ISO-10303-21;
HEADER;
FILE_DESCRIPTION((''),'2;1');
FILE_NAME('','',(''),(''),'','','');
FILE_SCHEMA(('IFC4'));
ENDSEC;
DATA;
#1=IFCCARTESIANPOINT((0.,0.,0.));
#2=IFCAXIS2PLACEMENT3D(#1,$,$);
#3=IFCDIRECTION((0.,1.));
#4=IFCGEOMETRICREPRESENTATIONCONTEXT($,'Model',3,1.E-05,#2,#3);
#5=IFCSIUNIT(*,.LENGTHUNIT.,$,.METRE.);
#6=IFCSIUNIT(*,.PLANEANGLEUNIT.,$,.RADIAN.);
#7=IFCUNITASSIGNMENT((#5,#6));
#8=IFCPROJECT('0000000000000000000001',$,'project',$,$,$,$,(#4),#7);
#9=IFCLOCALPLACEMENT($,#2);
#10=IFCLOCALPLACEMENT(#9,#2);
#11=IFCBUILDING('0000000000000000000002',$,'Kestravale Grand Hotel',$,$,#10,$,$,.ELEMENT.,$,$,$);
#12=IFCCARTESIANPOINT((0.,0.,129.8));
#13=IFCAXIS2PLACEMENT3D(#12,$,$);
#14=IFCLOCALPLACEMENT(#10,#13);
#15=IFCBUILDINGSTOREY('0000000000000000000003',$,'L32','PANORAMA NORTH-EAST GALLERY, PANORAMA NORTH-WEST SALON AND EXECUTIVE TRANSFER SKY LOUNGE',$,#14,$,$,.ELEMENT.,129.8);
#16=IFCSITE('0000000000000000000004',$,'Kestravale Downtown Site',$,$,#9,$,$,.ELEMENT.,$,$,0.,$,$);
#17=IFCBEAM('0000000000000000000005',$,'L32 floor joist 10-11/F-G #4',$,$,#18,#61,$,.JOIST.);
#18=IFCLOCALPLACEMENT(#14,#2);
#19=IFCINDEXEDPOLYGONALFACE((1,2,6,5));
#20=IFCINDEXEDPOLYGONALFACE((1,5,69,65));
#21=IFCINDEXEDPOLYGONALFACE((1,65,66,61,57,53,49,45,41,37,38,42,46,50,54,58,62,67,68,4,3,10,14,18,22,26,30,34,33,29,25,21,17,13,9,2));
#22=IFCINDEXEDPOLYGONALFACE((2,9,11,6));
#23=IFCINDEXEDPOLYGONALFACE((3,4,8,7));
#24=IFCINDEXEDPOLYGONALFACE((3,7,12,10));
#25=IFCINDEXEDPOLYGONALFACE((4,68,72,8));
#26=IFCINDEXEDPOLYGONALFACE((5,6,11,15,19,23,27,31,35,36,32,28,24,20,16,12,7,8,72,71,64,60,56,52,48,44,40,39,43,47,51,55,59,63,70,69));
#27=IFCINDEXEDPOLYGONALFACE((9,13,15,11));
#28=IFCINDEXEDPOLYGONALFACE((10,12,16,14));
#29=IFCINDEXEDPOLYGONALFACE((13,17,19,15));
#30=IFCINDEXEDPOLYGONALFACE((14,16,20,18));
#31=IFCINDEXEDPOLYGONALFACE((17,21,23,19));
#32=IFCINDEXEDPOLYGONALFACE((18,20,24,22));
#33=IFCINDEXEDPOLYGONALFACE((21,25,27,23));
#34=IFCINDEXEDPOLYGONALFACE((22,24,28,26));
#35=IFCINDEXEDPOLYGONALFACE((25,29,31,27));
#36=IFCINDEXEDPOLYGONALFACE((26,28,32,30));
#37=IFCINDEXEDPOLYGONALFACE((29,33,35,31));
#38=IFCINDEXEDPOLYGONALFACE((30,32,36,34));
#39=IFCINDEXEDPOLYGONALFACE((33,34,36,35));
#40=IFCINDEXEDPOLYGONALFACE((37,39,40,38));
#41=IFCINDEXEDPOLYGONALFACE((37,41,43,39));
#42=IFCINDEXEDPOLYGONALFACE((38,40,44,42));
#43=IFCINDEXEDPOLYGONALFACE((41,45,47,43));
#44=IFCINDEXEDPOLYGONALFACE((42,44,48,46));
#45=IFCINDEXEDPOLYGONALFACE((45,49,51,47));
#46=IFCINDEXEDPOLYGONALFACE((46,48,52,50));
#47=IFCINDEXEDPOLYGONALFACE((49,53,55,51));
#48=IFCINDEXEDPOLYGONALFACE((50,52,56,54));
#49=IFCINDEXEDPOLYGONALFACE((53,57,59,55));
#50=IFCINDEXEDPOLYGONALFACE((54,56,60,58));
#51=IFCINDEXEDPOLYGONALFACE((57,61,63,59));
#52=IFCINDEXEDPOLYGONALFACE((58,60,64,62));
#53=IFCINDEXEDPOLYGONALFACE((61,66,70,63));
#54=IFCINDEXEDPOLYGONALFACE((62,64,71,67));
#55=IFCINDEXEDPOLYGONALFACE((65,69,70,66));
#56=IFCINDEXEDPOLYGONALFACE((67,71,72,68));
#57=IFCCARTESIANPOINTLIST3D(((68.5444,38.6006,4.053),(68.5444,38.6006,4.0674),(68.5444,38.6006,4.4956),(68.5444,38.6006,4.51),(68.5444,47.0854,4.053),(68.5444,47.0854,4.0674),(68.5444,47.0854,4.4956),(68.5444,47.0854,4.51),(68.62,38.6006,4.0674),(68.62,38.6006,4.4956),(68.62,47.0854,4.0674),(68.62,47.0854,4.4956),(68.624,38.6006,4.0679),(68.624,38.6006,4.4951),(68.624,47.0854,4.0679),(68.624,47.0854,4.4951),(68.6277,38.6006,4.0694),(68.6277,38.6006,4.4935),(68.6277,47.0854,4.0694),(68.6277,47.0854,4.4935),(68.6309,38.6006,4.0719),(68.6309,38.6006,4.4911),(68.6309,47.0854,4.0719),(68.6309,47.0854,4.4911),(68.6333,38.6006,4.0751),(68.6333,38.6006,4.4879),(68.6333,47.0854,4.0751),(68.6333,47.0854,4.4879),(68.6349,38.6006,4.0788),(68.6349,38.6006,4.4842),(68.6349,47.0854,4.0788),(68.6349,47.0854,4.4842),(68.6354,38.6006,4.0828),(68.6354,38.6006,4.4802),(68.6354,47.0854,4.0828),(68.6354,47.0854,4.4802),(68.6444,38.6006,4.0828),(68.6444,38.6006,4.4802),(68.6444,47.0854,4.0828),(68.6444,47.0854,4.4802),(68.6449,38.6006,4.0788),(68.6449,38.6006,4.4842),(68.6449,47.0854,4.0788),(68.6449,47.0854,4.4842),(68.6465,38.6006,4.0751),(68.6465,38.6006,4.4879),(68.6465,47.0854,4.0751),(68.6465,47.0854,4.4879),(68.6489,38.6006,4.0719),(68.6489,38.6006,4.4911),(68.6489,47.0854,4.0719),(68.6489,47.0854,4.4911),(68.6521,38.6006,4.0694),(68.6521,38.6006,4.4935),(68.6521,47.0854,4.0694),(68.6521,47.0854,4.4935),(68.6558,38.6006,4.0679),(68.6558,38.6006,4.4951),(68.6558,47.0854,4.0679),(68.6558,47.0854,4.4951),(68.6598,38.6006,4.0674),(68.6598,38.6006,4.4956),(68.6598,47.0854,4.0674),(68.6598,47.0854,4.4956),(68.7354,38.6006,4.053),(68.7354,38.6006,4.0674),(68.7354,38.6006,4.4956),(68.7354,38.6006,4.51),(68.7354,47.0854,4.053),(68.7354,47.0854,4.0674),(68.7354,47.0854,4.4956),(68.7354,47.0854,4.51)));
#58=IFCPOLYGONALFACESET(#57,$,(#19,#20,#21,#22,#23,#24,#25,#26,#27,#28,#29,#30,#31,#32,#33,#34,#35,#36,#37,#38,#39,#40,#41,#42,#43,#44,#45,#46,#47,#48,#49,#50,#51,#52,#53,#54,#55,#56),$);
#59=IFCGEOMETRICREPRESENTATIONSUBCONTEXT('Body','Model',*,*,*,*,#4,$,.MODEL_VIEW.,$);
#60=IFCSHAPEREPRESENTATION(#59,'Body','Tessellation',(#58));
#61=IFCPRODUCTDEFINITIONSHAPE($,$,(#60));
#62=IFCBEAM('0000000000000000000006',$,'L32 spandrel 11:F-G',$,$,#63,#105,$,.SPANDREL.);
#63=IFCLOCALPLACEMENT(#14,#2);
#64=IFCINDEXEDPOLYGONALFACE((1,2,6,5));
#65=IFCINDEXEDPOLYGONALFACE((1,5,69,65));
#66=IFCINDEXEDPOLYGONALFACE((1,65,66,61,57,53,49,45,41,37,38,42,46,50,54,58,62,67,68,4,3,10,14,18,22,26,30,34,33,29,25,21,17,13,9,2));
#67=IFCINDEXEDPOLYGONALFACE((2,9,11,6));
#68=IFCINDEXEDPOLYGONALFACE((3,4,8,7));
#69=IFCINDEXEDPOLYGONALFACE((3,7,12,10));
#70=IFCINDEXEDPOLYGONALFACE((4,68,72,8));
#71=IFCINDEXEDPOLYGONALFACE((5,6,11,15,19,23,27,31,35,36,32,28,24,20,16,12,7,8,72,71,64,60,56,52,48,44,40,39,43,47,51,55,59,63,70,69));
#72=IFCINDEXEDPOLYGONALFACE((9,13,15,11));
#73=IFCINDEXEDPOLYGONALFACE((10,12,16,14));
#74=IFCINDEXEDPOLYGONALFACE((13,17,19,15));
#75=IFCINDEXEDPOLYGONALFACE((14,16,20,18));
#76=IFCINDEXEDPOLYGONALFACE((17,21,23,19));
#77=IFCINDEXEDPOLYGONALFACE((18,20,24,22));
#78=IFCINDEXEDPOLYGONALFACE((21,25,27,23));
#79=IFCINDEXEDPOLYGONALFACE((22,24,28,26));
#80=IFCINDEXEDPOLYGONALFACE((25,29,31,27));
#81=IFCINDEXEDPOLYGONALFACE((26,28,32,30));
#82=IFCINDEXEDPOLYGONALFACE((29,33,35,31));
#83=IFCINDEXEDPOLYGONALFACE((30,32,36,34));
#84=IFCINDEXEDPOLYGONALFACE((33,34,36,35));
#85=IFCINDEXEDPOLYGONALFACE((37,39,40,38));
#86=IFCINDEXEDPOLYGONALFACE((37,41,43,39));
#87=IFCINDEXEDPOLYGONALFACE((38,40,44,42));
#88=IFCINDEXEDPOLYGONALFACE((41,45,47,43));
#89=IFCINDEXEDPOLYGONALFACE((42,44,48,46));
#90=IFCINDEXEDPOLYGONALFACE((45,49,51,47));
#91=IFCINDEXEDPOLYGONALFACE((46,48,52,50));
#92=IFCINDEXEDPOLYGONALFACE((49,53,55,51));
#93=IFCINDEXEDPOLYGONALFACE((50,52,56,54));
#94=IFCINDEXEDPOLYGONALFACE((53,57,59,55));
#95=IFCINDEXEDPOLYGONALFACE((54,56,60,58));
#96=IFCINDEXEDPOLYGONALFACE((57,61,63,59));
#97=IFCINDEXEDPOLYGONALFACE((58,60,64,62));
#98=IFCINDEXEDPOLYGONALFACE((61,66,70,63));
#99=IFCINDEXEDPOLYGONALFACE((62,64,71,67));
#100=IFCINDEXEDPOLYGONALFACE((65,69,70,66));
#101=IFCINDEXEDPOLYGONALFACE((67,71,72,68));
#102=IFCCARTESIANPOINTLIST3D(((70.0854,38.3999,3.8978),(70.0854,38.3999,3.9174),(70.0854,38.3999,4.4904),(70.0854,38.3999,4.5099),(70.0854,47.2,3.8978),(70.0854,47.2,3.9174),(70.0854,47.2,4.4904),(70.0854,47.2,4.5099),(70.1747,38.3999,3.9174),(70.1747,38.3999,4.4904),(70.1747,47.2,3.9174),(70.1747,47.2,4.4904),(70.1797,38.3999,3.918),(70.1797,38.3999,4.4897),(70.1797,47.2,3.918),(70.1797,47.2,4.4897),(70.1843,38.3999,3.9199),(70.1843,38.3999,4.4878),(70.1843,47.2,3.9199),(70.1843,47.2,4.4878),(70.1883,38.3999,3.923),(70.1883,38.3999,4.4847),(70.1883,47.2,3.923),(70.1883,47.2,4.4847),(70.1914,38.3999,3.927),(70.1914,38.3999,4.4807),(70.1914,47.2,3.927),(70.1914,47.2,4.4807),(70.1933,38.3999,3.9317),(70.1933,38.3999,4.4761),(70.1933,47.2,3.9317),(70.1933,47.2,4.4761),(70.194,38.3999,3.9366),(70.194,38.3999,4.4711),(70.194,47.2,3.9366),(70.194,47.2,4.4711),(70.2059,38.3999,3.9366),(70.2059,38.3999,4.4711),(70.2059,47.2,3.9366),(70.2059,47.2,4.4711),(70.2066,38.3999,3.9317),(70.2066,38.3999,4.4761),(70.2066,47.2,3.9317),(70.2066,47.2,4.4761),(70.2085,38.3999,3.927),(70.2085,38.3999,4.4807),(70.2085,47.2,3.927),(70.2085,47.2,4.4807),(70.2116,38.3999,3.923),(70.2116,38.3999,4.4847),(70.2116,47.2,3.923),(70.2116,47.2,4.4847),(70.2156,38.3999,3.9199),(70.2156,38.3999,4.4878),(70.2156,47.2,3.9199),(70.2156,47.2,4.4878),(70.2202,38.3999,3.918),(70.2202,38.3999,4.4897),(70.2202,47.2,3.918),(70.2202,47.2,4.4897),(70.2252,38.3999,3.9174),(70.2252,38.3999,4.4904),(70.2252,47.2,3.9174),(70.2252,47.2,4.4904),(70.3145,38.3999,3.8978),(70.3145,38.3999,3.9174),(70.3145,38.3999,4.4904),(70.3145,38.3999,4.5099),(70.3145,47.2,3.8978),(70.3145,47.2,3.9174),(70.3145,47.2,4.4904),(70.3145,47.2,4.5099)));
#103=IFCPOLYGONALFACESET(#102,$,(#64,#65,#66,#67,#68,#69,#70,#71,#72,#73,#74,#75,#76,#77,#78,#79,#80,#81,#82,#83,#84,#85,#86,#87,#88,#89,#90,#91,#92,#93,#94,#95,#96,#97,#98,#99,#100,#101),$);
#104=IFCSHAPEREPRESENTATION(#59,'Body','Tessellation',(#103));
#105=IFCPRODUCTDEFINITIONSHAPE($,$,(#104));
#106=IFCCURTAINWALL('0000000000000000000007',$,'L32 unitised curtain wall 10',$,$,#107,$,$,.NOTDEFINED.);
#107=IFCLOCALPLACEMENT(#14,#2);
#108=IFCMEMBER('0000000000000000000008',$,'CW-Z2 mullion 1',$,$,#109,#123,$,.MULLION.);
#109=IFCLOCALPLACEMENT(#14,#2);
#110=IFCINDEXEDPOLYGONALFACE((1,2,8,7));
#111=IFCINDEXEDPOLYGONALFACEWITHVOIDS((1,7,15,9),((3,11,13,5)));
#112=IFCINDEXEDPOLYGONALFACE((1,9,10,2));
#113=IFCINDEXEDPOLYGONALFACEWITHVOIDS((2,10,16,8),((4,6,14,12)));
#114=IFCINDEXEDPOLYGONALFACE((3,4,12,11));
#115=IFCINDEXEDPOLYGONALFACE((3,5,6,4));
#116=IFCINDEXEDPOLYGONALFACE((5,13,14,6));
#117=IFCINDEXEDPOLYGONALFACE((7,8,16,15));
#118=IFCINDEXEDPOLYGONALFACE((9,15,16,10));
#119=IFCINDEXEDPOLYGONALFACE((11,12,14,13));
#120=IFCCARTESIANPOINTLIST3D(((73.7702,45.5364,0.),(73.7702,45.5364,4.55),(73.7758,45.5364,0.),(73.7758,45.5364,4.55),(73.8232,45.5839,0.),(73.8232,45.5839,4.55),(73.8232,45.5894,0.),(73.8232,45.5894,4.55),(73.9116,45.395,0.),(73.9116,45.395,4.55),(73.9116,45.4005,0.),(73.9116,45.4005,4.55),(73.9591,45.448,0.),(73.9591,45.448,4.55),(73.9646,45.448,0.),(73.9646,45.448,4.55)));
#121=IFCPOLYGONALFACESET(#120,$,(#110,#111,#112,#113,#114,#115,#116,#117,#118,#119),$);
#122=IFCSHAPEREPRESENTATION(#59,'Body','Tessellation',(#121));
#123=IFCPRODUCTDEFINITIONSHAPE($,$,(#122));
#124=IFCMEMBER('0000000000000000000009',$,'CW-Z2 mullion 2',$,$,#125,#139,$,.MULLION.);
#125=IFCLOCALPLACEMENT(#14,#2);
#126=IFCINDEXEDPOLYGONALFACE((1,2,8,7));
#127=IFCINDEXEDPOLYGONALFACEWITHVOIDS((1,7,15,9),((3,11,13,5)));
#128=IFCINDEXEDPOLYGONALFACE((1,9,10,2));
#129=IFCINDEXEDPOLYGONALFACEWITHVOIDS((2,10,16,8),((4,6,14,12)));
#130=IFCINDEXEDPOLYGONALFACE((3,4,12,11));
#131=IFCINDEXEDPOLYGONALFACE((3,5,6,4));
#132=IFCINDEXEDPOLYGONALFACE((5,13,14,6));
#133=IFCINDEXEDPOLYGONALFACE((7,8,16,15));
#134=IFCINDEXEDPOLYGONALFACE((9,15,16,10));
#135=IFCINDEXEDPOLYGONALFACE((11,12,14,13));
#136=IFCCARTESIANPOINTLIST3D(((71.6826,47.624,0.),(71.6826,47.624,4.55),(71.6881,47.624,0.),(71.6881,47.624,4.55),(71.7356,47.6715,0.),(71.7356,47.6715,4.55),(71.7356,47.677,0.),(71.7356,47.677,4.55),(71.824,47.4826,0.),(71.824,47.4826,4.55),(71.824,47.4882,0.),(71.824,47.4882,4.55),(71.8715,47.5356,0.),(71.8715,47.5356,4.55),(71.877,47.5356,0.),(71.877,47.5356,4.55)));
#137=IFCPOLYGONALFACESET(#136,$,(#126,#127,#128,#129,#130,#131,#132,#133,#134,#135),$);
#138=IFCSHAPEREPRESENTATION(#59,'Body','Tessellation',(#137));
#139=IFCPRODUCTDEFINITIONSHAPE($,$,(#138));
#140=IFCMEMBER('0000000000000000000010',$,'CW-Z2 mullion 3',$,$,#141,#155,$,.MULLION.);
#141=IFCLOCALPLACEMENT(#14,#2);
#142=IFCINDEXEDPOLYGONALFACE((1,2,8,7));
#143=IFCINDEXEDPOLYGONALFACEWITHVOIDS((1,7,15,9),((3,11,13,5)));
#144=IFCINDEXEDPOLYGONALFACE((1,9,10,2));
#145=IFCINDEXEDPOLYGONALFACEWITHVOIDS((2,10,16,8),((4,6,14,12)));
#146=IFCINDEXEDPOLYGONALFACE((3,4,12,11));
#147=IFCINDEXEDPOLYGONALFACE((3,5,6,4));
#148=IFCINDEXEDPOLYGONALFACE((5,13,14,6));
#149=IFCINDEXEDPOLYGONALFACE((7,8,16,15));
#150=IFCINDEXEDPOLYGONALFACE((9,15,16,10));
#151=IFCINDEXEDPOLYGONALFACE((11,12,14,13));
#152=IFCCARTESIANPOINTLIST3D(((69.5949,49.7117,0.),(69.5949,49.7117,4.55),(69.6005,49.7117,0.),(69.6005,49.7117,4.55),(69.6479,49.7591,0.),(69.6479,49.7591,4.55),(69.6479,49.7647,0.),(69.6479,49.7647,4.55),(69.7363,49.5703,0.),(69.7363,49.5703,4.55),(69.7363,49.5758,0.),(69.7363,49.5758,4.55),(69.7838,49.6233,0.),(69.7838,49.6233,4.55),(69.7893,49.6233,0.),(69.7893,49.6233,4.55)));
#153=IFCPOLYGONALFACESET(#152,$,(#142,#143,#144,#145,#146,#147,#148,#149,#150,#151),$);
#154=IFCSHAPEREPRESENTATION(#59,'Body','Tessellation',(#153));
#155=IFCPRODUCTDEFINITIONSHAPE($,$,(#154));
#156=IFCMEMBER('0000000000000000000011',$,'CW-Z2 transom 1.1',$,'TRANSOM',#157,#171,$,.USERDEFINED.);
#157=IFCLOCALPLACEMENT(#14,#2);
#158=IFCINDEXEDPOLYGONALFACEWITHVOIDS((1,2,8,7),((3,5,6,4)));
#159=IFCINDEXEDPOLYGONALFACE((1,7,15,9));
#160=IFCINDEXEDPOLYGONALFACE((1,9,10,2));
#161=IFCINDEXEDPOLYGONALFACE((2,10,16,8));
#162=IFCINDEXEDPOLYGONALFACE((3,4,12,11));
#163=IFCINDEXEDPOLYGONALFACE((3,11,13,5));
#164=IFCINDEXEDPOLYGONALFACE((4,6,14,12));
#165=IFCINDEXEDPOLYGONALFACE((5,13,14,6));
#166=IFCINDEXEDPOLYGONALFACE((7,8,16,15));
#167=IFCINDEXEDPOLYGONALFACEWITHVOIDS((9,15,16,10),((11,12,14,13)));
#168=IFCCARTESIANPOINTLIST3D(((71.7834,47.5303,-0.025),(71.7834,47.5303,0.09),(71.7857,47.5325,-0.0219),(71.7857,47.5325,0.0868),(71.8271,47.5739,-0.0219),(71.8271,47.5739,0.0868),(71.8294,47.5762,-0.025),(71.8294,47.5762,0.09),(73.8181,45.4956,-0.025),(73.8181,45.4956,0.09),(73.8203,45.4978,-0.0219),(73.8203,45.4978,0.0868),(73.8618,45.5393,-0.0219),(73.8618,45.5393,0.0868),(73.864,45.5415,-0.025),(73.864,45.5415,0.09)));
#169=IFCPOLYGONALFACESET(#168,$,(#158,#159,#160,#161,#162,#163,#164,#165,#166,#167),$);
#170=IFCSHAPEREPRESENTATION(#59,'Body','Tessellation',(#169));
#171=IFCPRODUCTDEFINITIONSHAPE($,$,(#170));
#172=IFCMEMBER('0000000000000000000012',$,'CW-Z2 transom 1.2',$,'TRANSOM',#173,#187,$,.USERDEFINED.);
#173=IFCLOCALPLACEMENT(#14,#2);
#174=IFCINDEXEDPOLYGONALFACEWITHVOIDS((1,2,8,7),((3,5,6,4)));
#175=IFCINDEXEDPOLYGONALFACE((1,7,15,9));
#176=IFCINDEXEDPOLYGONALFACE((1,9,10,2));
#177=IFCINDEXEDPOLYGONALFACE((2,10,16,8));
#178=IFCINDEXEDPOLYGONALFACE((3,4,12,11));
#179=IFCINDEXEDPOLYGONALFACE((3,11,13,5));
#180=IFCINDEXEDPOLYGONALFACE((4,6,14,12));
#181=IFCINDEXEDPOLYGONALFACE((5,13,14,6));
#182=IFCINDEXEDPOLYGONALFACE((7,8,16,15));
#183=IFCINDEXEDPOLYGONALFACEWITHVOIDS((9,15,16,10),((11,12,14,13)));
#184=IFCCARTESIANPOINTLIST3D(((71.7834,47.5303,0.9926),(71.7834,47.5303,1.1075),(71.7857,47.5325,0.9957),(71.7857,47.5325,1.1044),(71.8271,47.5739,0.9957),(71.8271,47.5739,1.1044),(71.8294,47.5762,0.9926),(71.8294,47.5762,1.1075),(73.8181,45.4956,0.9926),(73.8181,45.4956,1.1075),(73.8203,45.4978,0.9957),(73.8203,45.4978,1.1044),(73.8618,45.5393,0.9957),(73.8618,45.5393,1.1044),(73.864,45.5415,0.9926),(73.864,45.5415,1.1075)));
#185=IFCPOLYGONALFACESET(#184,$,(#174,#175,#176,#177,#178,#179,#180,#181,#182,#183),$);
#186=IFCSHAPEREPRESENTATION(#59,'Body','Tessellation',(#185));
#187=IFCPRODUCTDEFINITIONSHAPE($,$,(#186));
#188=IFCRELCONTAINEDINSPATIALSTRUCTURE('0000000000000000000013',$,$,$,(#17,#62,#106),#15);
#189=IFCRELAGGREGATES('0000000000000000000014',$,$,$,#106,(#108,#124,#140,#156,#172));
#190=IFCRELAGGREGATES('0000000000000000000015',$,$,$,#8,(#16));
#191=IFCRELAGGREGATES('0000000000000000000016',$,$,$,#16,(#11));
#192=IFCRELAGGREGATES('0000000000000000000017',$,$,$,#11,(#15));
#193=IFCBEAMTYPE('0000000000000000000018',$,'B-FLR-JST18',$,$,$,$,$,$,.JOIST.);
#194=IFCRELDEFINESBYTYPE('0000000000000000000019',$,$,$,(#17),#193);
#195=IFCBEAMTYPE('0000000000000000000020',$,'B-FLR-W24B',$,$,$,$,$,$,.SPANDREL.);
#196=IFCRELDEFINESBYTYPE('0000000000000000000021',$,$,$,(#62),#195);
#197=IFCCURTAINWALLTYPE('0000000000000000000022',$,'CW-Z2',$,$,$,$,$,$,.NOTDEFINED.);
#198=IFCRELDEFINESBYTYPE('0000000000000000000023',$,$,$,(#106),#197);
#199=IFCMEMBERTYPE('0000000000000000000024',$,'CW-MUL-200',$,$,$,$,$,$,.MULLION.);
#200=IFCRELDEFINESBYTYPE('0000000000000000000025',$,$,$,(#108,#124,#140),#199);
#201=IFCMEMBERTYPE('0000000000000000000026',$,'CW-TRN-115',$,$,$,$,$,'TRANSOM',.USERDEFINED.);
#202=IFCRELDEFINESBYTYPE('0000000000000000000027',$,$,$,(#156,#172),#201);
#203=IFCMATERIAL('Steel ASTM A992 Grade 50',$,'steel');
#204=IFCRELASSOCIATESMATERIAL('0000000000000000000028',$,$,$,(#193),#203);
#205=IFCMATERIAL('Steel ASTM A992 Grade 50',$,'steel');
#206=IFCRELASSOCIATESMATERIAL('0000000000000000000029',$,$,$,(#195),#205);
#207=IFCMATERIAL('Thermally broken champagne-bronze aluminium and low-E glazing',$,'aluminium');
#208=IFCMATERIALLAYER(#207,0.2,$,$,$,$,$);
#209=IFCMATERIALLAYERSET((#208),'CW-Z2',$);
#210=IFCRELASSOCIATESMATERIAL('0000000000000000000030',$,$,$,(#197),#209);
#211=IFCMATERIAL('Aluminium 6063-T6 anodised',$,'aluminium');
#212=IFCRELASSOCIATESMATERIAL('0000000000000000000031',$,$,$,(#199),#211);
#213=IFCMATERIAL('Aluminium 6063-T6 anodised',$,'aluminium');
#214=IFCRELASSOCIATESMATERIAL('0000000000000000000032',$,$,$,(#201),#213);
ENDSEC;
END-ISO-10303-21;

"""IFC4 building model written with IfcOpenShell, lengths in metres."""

from ifc_helpers import new_model, si_unit, direction, frame, origin, origin_2d, place, context, subcontext, project, spatial, hollow_rectangle, i_section, extrude, material, layer, layer_set, material_profile, profile_set, type_object, element, aggregate, save


model = new_model("IFC4")

# Units and contexts
model_context = context("Model", 3, precision=1e-05, world=origin(), true_north=direction((0.0, 1.0)))
body_context = subcontext(model_context, "Body", "Model", "MODEL_VIEW")
ifc_project = project(units=[si_unit("LENGTHUNIT", "METRE"), si_unit("PLANEANGLEUNIT", "RADIAN")], contexts=[model_context])

# Site, building, storey
site_placement = place(None, origin())
site = spatial("IfcSite", under=ifc_project, at=site_placement, Name="Kestravale Downtown Site", CompositionType="ELEMENT", RefElevation=0.0)
building_placement = place(site_placement, origin())
building = spatial("IfcBuilding", under=site, at=building_placement, Name="Kestravale Grand Hotel", CompositionType="ELEMENT")
storey_placement = place(building_placement, frame((0.0, 0.0, 129.8)))
storey = spatial("IfcBuildingStorey", under=building, at=storey_placement, Name="L32", Description="PANORAMA NORTH-EAST GALLERY, PANORAMA NORTH-WEST SALON AND EXECUTIVE TRANSFER SKY LOUNGE", CompositionType="ELEMENT", Elevation=129.8)

# Beams
ifc_material_1 = material(Name="Steel ASTM A992 Grade 50", Category="steel")
ifc_material_profile_1 = material_profile(ifc_material_1, i_section(OverallWidth=0.1909, OverallDepth=0.457, WebThickness=0.009, FlangeThickness=0.0144, FilletRadius=0.0154, at=origin_2d()))
ifc_profile_set_1 = profile_set([ifc_material_profile_1], Name="Steel ASTM A992 Grade 50")
beam_type_1 = type_object("IfcBeamType", Name="B-FLR-JST18", PredefinedType="JOIST", material=ifc_profile_set_1)
for number, where, z_axis, x_axis, name in (
    (1, (68.6399, 38.6006, 4.2815), (0.0, 1.0, 0.0), (-1.0, 0.0, 0.0), "L32 floor joist 10-11/F-G #4"),
):
    element("IfcBeam", number, at=place(storey_placement, frame(where, z_axis=z_axis, x_axis=x_axis)), inside=storey, type_object=beam_type_1, Name=name, PredefinedType="JOIST", context=body_context, shape_type="SweptSolid", body=[
        extrude(i_section(OverallWidth=0.1909, OverallDepth=0.457, WebThickness=0.009, FlangeThickness=0.0144, FilletRadius=0.0154, at=origin_2d()), origin(), (0.0, 0.0, 1.0), 8.4849),
    ])
ifc_material_2 = material(Name="Steel ASTM A992 Grade 50", Category="steel")
ifc_material_profile_2 = material_profile(ifc_material_2, i_section(OverallWidth=0.229, OverallDepth=0.6121, WebThickness=0.012, FlangeThickness=0.0195, FilletRadius=0.0193, at=origin_2d()))
ifc_profile_set_2 = profile_set([ifc_material_profile_2], Name="Steel ASTM A992 Grade 50")
beam_type_2 = type_object("IfcBeamType", Name="B-FLR-W24B", PredefinedType="SPANDREL", material=ifc_profile_set_2)
beam_placement = place(storey_placement, frame((70.2, 38.3999, 4.2039), z_axis=(0.0, 1.0, 0.0), x_axis=(-1.0, 0.0, 0.0)))
element("IfcBeam", 2, at=beam_placement, inside=storey, type_object=beam_type_2, Name="L32 spandrel 11:F-G", PredefinedType="SPANDREL", context=body_context, shape_type="SweptSolid", body=[
    extrude(i_section(OverallWidth=0.229, OverallDepth=0.6121, WebThickness=0.012, FlangeThickness=0.0195, FilletRadius=0.0193, at=origin_2d()), origin(), (0.0, 0.0, 1.0), 8.8),
])

# Curtain wall, members
ifc_material_3 = material(Name="Thermally broken champagne-bronze aluminium and low-E glazing", Category="aluminium")
ifc_layer_1 = layer(ifc_material_3, 0.2)
ifc_layer_set_1 = layer_set([ifc_layer_1], Name="CW-Z2")
curtain_wall_type = type_object("IfcCurtainWallType", Name="CW-Z2", PredefinedType="NOTDEFINED", material=ifc_layer_set_1)
curtain_wall_placement = place(storey_placement, origin())
curtain_wall = element("IfcCurtainWall", 3, at=curtain_wall_placement, inside=storey, type_object=curtain_wall_type, Name="L32 unitised curtain wall 10", PredefinedType="NOTDEFINED")
ifc_material_4 = material(Name="Aluminium 6063-T6 anodised", Category="aluminium")
ifc_material_profile_3 = material_profile(ifc_material_4, hollow_rectangle(XDim=0.075, YDim=0.2, WallThickness=0.0039, at=origin_2d()))
ifc_profile_set_3 = profile_set([ifc_material_profile_3], Name="Aluminium 6063-T6 anodised")
member_type_1 = type_object("IfcMemberType", Name="CW-MUL-200", PredefinedType="MULLION", material=ifc_profile_set_3)
member_1_placement = place(storey_placement, frame((73.8674, 45.4922, 0.0), z_axis=(0.0, 0.0, 1.0), x_axis=(-0.707107, -0.707107, 0.0)))
member_1 = element("IfcMember", 4, at=member_1_placement, type_object=member_type_1, Name="CW-Z2 mullion 1", PredefinedType="MULLION", context=body_context, shape_type="SweptSolid", body=[
    extrude(hollow_rectangle(XDim=0.075, YDim=0.2, WallThickness=0.0039, at=origin_2d()), origin(), (0.0, 0.0, 1.0), 4.55),
])
member_2_placement = place(storey_placement, frame((71.7798, 47.5798, 0.0), z_axis=(0.0, 0.0, 1.0), x_axis=(-0.707107, -0.707107, 0.0)))
member_2 = element("IfcMember", 5, at=member_2_placement, type_object=member_type_1, Name="CW-Z2 mullion 2", PredefinedType="MULLION", context=body_context, shape_type="SweptSolid", body=[
    extrude(hollow_rectangle(XDim=0.075, YDim=0.2, WallThickness=0.0039, at=origin_2d()), origin(), (0.0, 0.0, 1.0), 4.55),
])
member_3_placement = place(storey_placement, frame((69.6921, 49.6675, 0.0), z_axis=(0.0, 0.0, 1.0), x_axis=(-0.707107, -0.707107, 0.0)))
member_3 = element("IfcMember", 6, at=member_3_placement, type_object=member_type_1, Name="CW-Z2 mullion 3", PredefinedType="MULLION", context=body_context, shape_type="SweptSolid", body=[
    extrude(hollow_rectangle(XDim=0.075, YDim=0.2, WallThickness=0.0039, at=origin_2d()), origin(), (0.0, 0.0, 1.0), 4.55),
])
ifc_material_5 = material(Name="Aluminium 6063-T6 anodised", Category="aluminium")
ifc_material_profile_4 = material_profile(ifc_material_5, hollow_rectangle(XDim=0.0649, YDim=0.115, WallThickness=0.0032, at=origin_2d()))
ifc_profile_set_4 = profile_set([ifc_material_profile_4], Name="Aluminium 6063-T6 anodised")
member_type_2 = type_object("IfcMemberType", Name="CW-TRN-115", ElementType="TRANSOM", PredefinedType="USERDEFINED", material=ifc_profile_set_4)
member_4_placement = place(storey_placement, frame((73.8411, 45.5186, 0.0325), z_axis=(-0.707107, 0.707107, 0.0), x_axis=(-0.707107, -0.707107, 0.0)))
member_4 = element("IfcMember", 7, at=member_4_placement, type_object=member_type_2, Name="CW-Z2 transom 1.1", ObjectType="TRANSOM", PredefinedType="USERDEFINED", context=body_context, shape_type="SweptSolid", body=[
    extrude(hollow_rectangle(XDim=0.0649, YDim=0.115, WallThickness=0.0032, at=origin_2d()), origin(), (0.0, 0.0, 1.0), 2.8774),
])
member_5_placement = place(storey_placement, frame((73.8411, 45.5186, 1.05), z_axis=(-0.707107, 0.707107, 0.0), x_axis=(-0.707107, -0.707107, 0.0)))
member_5 = element("IfcMember", 8, at=member_5_placement, type_object=member_type_2, Name="CW-Z2 transom 1.2", ObjectType="TRANSOM", PredefinedType="USERDEFINED", context=body_context, shape_type="SweptSolid", body=[
    extrude(hollow_rectangle(XDim=0.0649, YDim=0.115, WallThickness=0.0032, at=origin_2d()), origin(), (0.0, 0.0, 1.0), 2.8774),
])
aggregate(curtain_wall, [member_1, member_2, member_3, member_4, member_5])

save(model, "model.ifc")
